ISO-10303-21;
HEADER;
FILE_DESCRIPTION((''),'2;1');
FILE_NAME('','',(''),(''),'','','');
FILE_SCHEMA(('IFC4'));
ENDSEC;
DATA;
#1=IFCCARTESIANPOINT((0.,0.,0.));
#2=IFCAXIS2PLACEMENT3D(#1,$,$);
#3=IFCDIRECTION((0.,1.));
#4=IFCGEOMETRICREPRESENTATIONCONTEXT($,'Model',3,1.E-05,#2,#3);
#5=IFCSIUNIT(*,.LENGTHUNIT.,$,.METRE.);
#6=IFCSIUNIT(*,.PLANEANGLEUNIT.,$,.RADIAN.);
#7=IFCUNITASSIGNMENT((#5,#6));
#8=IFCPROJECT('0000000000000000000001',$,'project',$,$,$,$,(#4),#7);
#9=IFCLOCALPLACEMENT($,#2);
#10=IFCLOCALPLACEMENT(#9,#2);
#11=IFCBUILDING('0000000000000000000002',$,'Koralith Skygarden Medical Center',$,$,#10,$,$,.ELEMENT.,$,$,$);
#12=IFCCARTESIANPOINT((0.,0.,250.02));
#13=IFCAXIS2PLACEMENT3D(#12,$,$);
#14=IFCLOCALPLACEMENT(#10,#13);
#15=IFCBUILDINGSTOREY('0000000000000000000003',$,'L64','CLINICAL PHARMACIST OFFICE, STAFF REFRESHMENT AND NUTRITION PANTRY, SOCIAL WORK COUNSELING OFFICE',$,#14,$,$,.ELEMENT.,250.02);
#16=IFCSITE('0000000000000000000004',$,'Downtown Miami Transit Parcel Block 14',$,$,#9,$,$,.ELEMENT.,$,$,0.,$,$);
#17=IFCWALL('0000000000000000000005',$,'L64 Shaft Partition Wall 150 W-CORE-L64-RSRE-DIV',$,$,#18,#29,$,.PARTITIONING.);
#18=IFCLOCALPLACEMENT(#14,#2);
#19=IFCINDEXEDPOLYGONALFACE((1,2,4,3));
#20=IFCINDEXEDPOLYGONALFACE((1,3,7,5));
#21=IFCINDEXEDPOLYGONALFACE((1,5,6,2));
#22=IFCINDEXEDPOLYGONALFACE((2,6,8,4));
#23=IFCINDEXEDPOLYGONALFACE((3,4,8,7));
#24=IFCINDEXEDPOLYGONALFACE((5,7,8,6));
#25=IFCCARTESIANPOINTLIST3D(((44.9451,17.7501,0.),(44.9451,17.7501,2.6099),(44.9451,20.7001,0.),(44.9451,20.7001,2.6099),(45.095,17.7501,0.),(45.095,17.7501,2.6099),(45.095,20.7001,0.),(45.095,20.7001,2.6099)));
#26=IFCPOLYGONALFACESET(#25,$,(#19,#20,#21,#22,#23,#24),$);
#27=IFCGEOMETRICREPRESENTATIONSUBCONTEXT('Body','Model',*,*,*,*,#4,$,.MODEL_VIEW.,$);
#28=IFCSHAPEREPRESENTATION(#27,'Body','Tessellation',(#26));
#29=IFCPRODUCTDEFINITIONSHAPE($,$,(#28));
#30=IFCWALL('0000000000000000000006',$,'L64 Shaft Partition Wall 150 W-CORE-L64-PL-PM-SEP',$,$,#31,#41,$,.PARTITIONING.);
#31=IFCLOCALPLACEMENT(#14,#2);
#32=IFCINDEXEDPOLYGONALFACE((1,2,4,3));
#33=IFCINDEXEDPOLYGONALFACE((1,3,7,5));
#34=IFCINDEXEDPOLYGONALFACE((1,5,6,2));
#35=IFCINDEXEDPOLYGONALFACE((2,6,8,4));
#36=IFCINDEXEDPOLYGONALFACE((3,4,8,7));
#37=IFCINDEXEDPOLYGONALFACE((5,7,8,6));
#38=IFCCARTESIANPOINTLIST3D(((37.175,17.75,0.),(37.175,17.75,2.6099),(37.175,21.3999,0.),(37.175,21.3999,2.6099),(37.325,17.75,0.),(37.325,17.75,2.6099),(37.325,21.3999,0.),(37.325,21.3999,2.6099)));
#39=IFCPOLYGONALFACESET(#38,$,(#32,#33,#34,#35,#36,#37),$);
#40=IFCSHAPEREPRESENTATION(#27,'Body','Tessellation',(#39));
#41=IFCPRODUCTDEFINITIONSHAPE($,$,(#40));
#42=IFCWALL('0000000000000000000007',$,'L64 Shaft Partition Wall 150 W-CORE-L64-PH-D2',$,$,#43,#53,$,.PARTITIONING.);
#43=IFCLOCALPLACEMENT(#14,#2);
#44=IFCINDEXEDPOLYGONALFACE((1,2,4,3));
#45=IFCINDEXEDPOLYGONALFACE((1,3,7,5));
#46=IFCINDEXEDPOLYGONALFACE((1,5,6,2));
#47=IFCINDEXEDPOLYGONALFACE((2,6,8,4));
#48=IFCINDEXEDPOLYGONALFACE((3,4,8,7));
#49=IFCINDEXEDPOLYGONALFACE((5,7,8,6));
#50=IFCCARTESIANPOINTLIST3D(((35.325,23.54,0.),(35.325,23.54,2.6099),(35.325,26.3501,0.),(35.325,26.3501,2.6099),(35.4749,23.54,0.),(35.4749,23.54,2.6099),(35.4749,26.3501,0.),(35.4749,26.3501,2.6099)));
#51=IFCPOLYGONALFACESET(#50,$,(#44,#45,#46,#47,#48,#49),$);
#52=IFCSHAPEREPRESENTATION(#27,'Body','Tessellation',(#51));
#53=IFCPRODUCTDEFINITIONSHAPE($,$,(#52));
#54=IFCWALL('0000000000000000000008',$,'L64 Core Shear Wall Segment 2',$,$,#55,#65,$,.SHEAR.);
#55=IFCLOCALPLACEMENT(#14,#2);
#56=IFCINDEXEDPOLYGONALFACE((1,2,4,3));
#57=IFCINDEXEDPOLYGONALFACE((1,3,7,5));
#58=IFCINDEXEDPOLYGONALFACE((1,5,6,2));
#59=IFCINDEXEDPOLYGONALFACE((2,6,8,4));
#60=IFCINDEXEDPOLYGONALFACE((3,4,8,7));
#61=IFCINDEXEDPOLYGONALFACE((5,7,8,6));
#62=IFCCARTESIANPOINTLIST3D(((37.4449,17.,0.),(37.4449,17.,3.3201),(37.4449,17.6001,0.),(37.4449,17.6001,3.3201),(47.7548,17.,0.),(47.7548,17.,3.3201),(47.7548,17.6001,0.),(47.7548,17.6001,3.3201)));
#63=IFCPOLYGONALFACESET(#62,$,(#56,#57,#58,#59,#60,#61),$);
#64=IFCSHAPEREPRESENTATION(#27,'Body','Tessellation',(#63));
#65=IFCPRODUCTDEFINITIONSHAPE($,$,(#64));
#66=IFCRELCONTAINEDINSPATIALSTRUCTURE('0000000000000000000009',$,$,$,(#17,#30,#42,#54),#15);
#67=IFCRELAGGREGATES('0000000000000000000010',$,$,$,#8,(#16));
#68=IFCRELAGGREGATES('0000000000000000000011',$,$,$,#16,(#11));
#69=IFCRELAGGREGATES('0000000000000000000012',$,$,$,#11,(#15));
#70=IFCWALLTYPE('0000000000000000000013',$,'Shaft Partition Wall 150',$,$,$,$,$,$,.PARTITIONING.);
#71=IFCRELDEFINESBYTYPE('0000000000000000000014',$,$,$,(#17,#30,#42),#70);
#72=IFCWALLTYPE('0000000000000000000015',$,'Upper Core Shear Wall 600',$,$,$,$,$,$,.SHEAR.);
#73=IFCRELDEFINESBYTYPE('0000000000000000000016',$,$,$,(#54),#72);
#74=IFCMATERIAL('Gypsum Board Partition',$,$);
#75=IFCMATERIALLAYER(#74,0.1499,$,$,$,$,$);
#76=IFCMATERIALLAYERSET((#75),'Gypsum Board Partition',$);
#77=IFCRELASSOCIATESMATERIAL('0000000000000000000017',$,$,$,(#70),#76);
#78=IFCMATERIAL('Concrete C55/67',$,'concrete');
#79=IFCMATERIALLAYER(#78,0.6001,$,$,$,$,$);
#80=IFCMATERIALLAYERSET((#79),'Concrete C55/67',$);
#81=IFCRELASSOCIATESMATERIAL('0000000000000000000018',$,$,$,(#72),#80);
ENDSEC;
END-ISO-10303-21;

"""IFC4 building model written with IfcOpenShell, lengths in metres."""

from ifc_helpers import new_model, si_unit, direction, frame, frame_2d, origin, place, context, subcontext, project, spatial, rectangle, extrude, material, layer, layer_set, type_object, element, save


model = new_model("IFC4")

# Units and contexts
model_context = context("Model", 3, precision=1e-05, world=origin(), true_north=direction((0.0, 1.0)))
body_context = subcontext(model_context, "Body", "Model", "MODEL_VIEW")
ifc_project = project(units=[si_unit("LENGTHUNIT", "METRE"), si_unit("PLANEANGLEUNIT", "RADIAN")], contexts=[model_context])

# Site, building, storey
site_placement = place(None, origin())
site = spatial("IfcSite", under=ifc_project, at=site_placement, Name="Downtown Miami Transit Parcel Block 14", CompositionType="ELEMENT", RefElevation=0.0)
building_placement = place(site_placement, origin())
building = spatial("IfcBuilding", under=site, at=building_placement, Name="Koralith Skygarden Medical Center", CompositionType="ELEMENT")
storey_placement = place(building_placement, frame((0.0, 0.0, 250.02)))
storey = spatial("IfcBuildingStorey", under=building, at=storey_placement, Name="L64", Description="CLINICAL PHARMACIST OFFICE, STAFF REFRESHMENT AND NUTRITION PANTRY, SOCIAL WORK COUNSELING OFFICE", CompositionType="ELEMENT", Elevation=250.02)

# Shared definitions
ifc_material_1 = material(Name="Concrete C55/67", Category="concrete")

# Shared definitions
ifc_material_2 = material(Name="Gypsum Board Partition")

# Walls
ifc_layer_1 = layer(ifc_material_2, 0.1499)
ifc_layer_set_1 = layer_set([ifc_layer_1], Name="Gypsum Board Partition")
wall_type_1 = type_object("IfcWallType", Name="Shaft Partition Wall 150", PredefinedType="PARTITIONING", material=ifc_layer_set_1)
wall_1_placement = place(storey_placement, frame((45.02, 17.75, 0.0), z_axis=(0.0, 0.0, 1.0), x_axis=(0.0, 1.0, 0.0)))
element("IfcWall", 1, at=wall_1_placement, inside=storey, type_object=wall_type_1, Name="L64 Shaft Partition Wall 150 W-CORE-L64-RSRE-DIV", PredefinedType="PARTITIONING", context=body_context, shape_type="SweptSolid", body=[
    extrude(rectangle(XDim=2.95, YDim=0.1499, at=frame_2d((1.4751, 0.0))), origin(), (0.0, 0.0, 1.0), 2.6099),
])
wall_2_placement = place(storey_placement, frame((37.25, 17.75, 0.0), z_axis=(0.0, 0.0, 1.0), x_axis=(0.0, 1.0, 0.0)))
element("IfcWall", 2, at=wall_2_placement, inside=storey, type_object=wall_type_1, Name="L64 Shaft Partition Wall 150 W-CORE-L64-PL-PM-SEP", PredefinedType="PARTITIONING", context=body_context, shape_type="SweptSolid", body=[
    extrude(rectangle(XDim=3.6499, YDim=0.1499, at=frame_2d((1.825, 0.0))), origin(), (0.0, 0.0, 1.0), 2.6099),
])
wall_3_placement = place(storey_placement, frame((35.3999, 23.54, 0.0), z_axis=(0.0, 0.0, 1.0), x_axis=(0.0, 1.0, 0.0)))
element("IfcWall", 3, at=wall_3_placement, inside=storey, type_object=wall_type_1, Name="L64 Shaft Partition Wall 150 W-CORE-L64-PH-D2", PredefinedType="PARTITIONING", context=body_context, shape_type="SweptSolid", body=[
    extrude(rectangle(XDim=2.8101, YDim=0.1499, at=frame_2d((1.405, 0.0))), origin(), (0.0, 0.0, 1.0), 2.6099),
])
ifc_layer_2 = layer(ifc_material_1, 0.6001)
ifc_layer_set_2 = layer_set([ifc_layer_2], Name="Concrete C55/67")
wall_type_2 = type_object("IfcWallType", Name="Upper Core Shear Wall 600", PredefinedType="SHEAR", material=ifc_layer_set_2)
wall_4_placement = place(storey_placement, frame((37.4451, 17.3, 0.0), z_axis=(0.0, 0.0, 1.0), x_axis=(1.0, 0.0, 0.0)))
element("IfcWall", 4, at=wall_4_placement, inside=storey, type_object=wall_type_2, Name="L64 Core Shear Wall Segment 2", PredefinedType="SHEAR", context=body_context, shape_type="SweptSolid", body=[
    extrude(rectangle(XDim=10.3098, YDim=0.6001, at=frame_2d((5.1548, 0.0))), origin(), (0.0, 0.0, 1.0), 3.3201),
])

save(model, "model.ifc")
